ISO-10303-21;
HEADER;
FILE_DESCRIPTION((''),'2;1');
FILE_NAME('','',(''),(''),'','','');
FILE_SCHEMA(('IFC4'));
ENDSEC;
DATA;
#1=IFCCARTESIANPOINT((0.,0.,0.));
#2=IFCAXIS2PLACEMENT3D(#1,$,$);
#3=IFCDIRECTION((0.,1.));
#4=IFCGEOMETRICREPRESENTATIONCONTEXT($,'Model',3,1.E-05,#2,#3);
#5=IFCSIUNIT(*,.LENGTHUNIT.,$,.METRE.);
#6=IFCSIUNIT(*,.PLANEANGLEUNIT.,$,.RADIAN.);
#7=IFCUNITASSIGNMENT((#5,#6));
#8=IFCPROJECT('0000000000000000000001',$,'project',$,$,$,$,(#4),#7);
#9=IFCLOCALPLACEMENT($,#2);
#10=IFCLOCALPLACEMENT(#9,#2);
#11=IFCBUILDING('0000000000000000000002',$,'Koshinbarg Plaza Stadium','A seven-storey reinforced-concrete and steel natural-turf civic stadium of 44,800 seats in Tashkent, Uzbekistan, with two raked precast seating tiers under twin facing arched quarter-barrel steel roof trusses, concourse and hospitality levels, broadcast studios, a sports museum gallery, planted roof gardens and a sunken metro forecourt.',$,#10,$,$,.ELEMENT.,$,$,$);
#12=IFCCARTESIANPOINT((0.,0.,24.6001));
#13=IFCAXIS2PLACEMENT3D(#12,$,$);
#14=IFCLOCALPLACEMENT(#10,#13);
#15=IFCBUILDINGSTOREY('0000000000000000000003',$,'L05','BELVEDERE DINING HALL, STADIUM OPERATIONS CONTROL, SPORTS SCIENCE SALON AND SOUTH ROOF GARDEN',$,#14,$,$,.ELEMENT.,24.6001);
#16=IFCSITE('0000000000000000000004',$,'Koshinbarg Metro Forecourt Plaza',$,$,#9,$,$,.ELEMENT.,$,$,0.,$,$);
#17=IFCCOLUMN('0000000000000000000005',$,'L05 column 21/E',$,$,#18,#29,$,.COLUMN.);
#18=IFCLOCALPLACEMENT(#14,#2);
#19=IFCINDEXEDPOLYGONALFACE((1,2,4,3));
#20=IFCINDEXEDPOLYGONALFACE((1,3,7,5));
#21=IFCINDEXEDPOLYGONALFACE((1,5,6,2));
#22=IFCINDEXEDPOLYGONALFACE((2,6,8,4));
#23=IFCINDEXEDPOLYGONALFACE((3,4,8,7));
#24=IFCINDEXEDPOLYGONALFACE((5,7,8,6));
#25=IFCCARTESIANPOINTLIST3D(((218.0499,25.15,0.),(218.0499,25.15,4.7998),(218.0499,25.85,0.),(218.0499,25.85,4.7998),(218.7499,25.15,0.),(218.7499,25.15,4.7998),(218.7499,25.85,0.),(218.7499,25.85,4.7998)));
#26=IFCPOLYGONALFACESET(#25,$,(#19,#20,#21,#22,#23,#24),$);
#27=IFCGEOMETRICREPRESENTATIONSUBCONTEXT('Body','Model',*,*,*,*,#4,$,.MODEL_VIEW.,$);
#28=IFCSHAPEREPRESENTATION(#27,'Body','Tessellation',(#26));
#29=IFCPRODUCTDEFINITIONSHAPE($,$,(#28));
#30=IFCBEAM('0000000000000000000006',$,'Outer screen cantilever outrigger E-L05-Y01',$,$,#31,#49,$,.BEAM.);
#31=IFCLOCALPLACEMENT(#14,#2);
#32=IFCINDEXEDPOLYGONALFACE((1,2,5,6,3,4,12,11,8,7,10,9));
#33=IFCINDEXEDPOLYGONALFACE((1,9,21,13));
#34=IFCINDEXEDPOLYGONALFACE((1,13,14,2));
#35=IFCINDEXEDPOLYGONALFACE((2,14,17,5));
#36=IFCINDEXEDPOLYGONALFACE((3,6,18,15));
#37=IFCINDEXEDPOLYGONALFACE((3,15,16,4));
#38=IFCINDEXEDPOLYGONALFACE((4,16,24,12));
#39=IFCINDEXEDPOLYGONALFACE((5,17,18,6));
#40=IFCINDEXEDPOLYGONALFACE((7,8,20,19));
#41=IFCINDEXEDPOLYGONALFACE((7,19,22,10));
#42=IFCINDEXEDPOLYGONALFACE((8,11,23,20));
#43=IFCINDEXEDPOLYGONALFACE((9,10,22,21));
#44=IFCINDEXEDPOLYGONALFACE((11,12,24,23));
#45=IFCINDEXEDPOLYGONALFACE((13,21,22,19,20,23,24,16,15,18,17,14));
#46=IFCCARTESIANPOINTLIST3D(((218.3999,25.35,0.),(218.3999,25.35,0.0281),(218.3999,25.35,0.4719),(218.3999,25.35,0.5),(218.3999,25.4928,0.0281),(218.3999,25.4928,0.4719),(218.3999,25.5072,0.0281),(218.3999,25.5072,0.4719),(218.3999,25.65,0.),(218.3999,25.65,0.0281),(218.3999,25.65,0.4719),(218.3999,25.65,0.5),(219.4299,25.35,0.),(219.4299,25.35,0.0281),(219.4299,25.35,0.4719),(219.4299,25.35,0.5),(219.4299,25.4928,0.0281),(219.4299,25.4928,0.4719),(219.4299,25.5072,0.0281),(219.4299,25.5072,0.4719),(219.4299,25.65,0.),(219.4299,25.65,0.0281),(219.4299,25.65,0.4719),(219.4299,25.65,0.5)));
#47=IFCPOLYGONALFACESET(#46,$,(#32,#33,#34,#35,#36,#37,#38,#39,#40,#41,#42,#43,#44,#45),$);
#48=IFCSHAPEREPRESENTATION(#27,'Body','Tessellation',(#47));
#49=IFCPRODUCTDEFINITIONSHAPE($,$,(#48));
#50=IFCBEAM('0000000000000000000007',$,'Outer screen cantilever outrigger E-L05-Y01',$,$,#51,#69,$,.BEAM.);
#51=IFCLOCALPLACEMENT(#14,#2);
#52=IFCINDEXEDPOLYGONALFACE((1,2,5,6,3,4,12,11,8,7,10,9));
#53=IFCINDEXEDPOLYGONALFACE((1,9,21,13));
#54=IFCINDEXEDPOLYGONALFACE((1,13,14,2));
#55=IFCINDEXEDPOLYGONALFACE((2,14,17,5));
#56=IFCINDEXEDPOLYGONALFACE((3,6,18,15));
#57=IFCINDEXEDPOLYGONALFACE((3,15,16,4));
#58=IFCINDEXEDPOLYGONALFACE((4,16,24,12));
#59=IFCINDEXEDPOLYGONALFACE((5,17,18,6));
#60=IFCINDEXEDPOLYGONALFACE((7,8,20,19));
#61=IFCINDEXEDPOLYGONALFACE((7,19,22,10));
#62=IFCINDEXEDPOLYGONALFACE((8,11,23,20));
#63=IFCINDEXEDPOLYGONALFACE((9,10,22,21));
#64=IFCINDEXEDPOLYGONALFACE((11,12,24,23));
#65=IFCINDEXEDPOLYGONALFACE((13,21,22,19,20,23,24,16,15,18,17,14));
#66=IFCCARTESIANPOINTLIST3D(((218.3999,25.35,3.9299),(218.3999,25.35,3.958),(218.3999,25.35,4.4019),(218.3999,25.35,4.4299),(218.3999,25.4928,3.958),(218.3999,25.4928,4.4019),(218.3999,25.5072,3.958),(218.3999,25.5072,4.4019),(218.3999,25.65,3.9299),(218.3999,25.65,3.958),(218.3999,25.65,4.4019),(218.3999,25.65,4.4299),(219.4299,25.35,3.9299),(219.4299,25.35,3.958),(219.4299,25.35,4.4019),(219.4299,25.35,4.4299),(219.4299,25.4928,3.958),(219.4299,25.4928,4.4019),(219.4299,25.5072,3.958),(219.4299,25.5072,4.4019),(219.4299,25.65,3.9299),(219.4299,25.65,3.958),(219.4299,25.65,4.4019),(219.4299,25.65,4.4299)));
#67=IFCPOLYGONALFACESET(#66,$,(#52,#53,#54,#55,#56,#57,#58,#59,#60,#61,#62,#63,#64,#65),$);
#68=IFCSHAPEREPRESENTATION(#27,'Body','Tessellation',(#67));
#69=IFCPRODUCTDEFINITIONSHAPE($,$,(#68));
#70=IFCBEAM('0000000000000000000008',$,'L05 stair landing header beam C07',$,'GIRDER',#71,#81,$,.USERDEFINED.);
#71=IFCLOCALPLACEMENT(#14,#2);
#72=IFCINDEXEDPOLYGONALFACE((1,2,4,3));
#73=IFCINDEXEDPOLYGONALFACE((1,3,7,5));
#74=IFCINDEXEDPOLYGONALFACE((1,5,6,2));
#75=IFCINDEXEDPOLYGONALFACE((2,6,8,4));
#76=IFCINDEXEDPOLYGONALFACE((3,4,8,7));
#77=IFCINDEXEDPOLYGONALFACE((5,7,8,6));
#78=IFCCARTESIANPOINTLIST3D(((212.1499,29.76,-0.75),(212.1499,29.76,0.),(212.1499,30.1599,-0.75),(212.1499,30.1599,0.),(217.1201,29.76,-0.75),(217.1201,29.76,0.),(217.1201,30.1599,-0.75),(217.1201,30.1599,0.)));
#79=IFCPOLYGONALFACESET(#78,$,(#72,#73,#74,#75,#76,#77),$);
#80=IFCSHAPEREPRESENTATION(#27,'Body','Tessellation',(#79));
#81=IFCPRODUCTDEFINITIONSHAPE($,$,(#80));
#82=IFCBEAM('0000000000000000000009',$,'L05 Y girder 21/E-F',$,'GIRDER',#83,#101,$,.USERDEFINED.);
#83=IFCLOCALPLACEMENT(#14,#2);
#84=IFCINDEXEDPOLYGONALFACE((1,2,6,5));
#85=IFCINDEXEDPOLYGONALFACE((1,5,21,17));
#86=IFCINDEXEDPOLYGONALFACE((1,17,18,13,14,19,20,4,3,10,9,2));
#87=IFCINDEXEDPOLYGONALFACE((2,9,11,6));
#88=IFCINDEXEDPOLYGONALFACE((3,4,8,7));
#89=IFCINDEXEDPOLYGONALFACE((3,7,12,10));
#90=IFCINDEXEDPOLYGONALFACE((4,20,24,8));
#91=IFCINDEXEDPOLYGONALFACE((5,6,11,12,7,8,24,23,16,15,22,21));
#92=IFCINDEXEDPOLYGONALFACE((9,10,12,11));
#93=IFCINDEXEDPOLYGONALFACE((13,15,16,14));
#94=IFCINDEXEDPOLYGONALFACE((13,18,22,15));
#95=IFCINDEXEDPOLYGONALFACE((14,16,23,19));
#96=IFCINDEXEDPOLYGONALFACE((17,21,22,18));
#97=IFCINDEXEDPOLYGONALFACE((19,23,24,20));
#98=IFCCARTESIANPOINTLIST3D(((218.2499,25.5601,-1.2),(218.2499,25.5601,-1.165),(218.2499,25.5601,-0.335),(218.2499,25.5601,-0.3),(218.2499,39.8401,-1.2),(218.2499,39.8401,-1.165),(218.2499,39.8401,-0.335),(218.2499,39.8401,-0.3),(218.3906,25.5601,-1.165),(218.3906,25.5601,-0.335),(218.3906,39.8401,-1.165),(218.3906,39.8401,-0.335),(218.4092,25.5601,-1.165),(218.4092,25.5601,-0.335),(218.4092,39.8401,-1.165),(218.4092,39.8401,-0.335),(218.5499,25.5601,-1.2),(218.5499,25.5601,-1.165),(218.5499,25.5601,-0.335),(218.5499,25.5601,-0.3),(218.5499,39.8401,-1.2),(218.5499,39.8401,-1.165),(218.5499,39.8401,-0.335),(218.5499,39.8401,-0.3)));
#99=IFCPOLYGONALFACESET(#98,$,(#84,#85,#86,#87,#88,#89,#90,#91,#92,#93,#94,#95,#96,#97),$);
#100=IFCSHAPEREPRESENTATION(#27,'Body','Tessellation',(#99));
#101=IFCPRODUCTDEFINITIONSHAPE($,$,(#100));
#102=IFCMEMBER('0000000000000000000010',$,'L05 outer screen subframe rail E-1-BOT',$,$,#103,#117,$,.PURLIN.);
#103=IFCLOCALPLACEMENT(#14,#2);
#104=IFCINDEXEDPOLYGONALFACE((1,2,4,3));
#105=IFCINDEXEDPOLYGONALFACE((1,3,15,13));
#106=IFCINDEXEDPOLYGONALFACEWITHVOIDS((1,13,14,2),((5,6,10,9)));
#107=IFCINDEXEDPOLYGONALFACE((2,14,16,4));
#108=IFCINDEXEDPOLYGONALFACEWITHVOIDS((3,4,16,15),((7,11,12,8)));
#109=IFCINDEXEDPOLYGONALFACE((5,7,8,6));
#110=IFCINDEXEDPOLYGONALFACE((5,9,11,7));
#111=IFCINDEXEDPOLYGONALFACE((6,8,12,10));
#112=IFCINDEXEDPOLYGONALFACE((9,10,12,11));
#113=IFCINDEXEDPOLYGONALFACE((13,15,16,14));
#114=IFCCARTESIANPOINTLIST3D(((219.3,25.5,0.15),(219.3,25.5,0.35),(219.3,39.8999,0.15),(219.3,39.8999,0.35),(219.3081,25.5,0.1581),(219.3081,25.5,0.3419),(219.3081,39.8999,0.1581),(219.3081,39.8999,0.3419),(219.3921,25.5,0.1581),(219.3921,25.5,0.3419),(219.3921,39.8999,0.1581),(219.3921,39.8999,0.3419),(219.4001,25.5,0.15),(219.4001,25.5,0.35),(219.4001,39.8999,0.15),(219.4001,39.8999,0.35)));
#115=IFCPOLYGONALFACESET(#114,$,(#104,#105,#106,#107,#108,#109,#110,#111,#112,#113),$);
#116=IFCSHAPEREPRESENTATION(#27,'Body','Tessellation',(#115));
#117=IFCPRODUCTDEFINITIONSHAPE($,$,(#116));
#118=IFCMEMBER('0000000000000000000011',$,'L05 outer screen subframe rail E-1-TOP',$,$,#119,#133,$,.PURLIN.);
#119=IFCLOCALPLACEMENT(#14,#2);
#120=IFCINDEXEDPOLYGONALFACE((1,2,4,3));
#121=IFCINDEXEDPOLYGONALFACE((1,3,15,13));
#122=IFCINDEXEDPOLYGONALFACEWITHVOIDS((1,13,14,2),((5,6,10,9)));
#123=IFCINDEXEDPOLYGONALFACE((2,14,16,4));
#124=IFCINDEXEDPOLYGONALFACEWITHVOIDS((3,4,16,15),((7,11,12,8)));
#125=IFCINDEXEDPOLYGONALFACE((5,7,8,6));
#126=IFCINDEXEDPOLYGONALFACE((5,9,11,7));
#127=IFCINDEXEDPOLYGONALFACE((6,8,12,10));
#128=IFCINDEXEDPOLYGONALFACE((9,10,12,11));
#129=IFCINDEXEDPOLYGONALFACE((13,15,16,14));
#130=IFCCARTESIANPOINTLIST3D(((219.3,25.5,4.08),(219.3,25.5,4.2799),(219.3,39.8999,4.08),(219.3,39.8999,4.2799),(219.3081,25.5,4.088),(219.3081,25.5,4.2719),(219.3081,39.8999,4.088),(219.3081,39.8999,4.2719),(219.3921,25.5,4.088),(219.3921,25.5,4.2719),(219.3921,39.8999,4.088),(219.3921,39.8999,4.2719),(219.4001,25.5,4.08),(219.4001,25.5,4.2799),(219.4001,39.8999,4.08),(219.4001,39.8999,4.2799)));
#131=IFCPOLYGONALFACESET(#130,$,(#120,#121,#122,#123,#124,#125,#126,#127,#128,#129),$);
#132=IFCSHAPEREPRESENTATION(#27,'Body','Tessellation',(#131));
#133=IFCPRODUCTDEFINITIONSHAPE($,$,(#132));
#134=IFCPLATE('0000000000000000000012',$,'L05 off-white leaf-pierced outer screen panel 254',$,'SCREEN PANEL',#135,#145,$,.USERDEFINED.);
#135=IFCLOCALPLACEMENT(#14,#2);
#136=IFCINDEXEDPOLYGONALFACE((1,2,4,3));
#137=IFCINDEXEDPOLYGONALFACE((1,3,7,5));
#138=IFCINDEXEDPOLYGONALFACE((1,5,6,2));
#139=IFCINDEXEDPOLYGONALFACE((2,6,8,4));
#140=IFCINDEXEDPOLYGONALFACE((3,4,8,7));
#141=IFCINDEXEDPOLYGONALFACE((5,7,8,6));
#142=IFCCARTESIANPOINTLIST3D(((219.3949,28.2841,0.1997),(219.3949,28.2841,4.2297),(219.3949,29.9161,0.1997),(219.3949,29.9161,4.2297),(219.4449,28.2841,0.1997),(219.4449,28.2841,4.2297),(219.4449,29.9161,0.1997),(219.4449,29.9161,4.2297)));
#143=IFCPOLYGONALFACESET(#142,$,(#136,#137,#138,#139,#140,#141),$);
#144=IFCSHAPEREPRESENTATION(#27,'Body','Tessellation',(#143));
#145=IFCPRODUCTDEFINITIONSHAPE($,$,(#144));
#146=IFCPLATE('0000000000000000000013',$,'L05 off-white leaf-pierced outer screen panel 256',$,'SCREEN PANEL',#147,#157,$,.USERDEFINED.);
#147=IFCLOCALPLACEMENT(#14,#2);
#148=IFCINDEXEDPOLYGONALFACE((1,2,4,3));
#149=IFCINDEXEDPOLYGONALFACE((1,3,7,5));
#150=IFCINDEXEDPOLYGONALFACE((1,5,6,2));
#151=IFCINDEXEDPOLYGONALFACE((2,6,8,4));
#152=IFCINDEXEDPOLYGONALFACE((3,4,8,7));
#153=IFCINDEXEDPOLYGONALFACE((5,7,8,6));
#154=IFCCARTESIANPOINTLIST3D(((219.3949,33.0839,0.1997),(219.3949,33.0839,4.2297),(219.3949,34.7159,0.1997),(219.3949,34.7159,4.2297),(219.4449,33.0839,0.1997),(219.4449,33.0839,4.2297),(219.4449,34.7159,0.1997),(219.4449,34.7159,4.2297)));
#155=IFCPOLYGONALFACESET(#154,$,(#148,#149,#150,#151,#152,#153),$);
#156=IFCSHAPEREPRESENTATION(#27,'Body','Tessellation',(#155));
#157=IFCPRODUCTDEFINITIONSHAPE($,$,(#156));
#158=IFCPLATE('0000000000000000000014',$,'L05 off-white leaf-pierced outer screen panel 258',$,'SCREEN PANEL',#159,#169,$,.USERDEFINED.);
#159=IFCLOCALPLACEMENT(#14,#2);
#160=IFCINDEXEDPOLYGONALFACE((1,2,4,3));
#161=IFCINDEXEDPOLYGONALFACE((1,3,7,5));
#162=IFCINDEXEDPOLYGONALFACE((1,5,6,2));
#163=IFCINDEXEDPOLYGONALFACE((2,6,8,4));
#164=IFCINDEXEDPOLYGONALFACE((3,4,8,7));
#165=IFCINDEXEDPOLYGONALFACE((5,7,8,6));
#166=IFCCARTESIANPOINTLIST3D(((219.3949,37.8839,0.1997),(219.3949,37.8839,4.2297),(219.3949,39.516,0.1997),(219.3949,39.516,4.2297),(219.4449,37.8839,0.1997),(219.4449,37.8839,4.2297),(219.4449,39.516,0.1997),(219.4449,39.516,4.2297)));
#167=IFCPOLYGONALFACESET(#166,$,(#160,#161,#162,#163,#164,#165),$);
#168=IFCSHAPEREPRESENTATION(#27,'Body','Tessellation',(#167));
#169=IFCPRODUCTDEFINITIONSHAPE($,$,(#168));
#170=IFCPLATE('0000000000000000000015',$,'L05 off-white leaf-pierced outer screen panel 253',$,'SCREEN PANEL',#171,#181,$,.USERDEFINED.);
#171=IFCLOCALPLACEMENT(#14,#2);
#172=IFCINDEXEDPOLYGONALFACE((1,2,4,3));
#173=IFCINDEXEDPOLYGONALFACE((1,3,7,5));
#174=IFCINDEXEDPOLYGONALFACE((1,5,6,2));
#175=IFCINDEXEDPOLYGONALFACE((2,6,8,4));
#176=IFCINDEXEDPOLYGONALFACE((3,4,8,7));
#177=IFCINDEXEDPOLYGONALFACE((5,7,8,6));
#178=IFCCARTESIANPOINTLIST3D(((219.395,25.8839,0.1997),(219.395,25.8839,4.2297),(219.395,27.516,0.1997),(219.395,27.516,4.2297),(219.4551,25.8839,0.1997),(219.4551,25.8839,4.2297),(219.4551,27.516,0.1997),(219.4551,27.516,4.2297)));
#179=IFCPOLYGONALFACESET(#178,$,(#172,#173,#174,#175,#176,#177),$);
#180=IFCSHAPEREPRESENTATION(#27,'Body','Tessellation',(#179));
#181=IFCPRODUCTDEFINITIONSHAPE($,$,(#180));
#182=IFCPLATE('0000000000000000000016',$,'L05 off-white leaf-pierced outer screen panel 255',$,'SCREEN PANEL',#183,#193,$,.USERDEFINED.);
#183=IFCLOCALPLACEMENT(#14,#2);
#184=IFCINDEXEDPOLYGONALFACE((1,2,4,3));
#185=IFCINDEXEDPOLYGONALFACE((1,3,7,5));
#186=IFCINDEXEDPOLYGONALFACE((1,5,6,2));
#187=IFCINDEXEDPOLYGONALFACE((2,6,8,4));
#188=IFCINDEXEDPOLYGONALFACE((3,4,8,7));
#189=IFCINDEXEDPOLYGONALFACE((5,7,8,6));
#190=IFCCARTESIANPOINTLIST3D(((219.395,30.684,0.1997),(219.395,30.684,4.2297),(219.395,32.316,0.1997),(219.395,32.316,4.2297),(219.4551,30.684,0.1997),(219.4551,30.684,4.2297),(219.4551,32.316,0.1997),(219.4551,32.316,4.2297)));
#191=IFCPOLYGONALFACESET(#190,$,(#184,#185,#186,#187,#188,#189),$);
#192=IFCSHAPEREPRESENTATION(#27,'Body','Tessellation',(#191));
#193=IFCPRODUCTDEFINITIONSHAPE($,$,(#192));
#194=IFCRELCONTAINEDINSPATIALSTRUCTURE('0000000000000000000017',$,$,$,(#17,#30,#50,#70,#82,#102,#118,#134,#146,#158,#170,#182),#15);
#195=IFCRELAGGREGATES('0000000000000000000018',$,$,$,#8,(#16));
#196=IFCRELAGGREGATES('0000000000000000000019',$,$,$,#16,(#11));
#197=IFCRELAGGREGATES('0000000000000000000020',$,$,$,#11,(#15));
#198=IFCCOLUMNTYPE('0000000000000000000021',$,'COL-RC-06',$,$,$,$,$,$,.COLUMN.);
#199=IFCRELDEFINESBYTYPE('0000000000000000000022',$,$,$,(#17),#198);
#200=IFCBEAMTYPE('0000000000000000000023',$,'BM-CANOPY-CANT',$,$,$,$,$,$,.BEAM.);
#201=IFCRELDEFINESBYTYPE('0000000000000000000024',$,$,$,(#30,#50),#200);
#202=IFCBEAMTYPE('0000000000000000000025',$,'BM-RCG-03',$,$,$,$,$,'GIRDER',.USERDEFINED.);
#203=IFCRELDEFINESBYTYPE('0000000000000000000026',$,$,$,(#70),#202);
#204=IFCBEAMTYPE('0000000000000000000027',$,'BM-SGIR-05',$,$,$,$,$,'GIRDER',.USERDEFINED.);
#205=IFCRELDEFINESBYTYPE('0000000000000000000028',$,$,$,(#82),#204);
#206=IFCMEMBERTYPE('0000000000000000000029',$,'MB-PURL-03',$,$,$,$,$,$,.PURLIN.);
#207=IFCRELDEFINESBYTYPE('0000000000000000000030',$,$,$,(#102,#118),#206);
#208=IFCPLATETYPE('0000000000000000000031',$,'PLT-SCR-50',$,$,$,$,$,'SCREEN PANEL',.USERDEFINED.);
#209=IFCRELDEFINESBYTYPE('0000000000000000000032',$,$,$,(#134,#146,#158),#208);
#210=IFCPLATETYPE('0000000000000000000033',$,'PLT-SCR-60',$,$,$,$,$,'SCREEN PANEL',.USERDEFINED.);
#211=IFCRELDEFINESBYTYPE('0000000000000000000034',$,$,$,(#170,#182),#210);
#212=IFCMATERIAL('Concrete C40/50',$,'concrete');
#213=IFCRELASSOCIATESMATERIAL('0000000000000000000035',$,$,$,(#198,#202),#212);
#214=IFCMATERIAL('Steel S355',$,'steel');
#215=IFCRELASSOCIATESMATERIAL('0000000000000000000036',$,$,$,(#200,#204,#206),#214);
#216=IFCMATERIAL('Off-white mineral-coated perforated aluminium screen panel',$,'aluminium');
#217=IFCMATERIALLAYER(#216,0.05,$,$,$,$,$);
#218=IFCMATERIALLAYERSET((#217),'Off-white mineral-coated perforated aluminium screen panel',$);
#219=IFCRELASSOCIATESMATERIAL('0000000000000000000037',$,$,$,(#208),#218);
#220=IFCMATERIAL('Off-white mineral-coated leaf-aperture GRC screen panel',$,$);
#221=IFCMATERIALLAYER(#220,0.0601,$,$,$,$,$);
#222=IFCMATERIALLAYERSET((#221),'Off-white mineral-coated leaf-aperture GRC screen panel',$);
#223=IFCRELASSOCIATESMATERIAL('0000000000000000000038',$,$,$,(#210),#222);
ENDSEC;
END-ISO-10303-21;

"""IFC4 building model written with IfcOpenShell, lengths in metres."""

from ifc_helpers import new_model, si_unit, direction, frame, origin, origin_2d, place, context, subcontext, project, spatial, rectangle, hollow_rectangle, i_section, extrude, material, layer, layer_set, material_profile, profile_set, type_object, element, save


model = new_model("IFC4")

# Units and contexts
model_context = context("Model", 3, precision=1e-05, world=origin(), true_north=direction((0.0, 1.0)))
body_context = subcontext(model_context, "Body", "Model", "MODEL_VIEW")
ifc_project = project(units=[si_unit("LENGTHUNIT", "METRE"), si_unit("PLANEANGLEUNIT", "RADIAN")], contexts=[model_context])

# Site, building, storey
site_placement = place(None, origin())
site = spatial("IfcSite", under=ifc_project, at=site_placement, Name="Koshinbarg Metro Forecourt Plaza", CompositionType="ELEMENT", RefElevation=0.0)
building_placement = place(site_placement, origin())
building = spatial("IfcBuilding", under=site, at=building_placement, Name="Koshinbarg Plaza Stadium", Description="A seven-storey reinforced-concrete and steel natural-turf civic stadium of 44,800 seats in Tashkent, Uzbekistan, with two raked precast seating tiers under twin facing arched quarter-barrel steel roof trusses, concourse and hospitality levels, broadcast studios, a sports museum gallery, planted roof gardens and a sunken metro forecourt.", CompositionType="ELEMENT")
storey_placement = place(building_placement, frame((0.0, 0.0, 24.6001)))
storey = spatial("IfcBuildingStorey", under=building, at=storey_placement, Name="L05", Description="BELVEDERE DINING HALL, STADIUM OPERATIONS CONTROL, SPORTS SCIENCE SALON AND SOUTH ROOF GARDEN", CompositionType="ELEMENT", Elevation=24.6001)

# Column
ifc_material_1 = material(Name="Concrete C40/50", Category="concrete")
ifc_material_profile_1 = material_profile(ifc_material_1, rectangle(XDim=0.7, YDim=0.7, at=origin_2d()), Name="RC 700x700")
ifc_profile_set_1 = profile_set([ifc_material_profile_1], Name="Concrete C40/50")
column_type = type_object("IfcColumnType", Name="COL-RC-06", PredefinedType="COLUMN", material=ifc_profile_set_1)
column_placement = place(storey_placement, frame((218.3999, 25.5, 0.0), z_axis=(0.0, 0.0, 1.0), x_axis=(1.0, 0.0, 0.0)))
element("IfcColumn", 1, at=column_placement, inside=storey, type_object=column_type, Name="L05 column 21/E", PredefinedType="COLUMN", context=body_context, shape_type="SweptSolid", body=[
    extrude(rectangle(XDim=0.7, YDim=0.7, at=origin_2d()), origin(), (0.0, 0.0, 1.0), 4.7998),
])

# Beams
ifc_material_2 = material(Name="Steel S355", Category="steel")
ifc_material_profile_2 = material_profile(ifc_material_2, i_section(OverallWidth=0.3, OverallDepth=0.5, WebThickness=0.0144, FlangeThickness=0.0281, at=origin_2d()), Name="HEB 500")
ifc_profile_set_2 = profile_set([ifc_material_profile_2], Name="Steel S355")
beam_type_1 = type_object("IfcBeamType", Name="BM-CANOPY-CANT", PredefinedType="BEAM", material=ifc_profile_set_2)
for number, where, z_axis, x_axis, name in (
    (2, (218.3999, 25.5, 0.25), (1.0, 0.0, 0.0), (0.0, 1.0, 0.0), "Outer screen cantilever outrigger E-L05-Y01"),
    (3, (218.3999, 25.5, 4.1799), (1.0, 0.0, 0.0), (0.0, 1.0, 0.0), "Outer screen cantilever outrigger E-L05-Y01"),
):
    element("IfcBeam", number, at=place(storey_placement, frame(where, z_axis=z_axis, x_axis=x_axis)), inside=storey, type_object=beam_type_1, Name=name, PredefinedType="BEAM", context=body_context, shape_type="SweptSolid", body=[
        extrude(i_section(OverallWidth=0.3, OverallDepth=0.5, WebThickness=0.0144, FlangeThickness=0.0281, at=origin_2d()), origin(), (0.0, 0.0, 1.0), 1.03),
    ])
ifc_material_profile_3 = material_profile(ifc_material_1, rectangle(XDim=0.3999, YDim=0.75, at=origin_2d()), Name="RC 400x750")
ifc_profile_set_3 = profile_set([ifc_material_profile_3], Name="Concrete C40/50")
beam_type_2 = type_object("IfcBeamType", Name="BM-RCG-03", ElementType="GIRDER", PredefinedType="USERDEFINED", material=ifc_profile_set_3)
beam_1_placement = place(storey_placement, frame((212.1499, 29.96, -0.375), z_axis=(1.0, 0.0, 0.0), x_axis=(0.0, 1.0, 0.0)))
element("IfcBeam", 4, at=beam_1_placement, inside=storey, type_object=beam_type_2, Name="L05 stair landing header beam C07", ObjectType="GIRDER", PredefinedType="USERDEFINED", context=body_context, shape_type="SweptSolid", body=[
    extrude(rectangle(XDim=0.3999, YDim=0.75, at=origin_2d()), origin(), (0.0, 0.0, 1.0), 4.9702),
])
ifc_material_profile_4 = material_profile(ifc_material_2, i_section(OverallWidth=0.3, OverallDepth=0.8999, WebThickness=0.0186, FlangeThickness=0.0349, at=origin_2d()), Name="HEB 900")
ifc_profile_set_4 = profile_set([ifc_material_profile_4], Name="Steel S355")
beam_type_3 = type_object("IfcBeamType", Name="BM-SGIR-05", ElementType="GIRDER", PredefinedType="USERDEFINED", material=ifc_profile_set_4)
beam_2_placement = place(storey_placement, frame((218.3999, 25.5601, -0.75), z_axis=(0.0, 1.0, 0.0), x_axis=(-1.0, 0.0, 0.0)))
element("IfcBeam", 5, at=beam_2_placement, inside=storey, type_object=beam_type_3, Name="L05 Y girder 21/E-F", ObjectType="GIRDER", PredefinedType="USERDEFINED", context=body_context, shape_type="SweptSolid", body=[
    extrude(i_section(OverallWidth=0.3, OverallDepth=0.8999, WebThickness=0.0186, FlangeThickness=0.0349, at=origin_2d()), origin(), (0.0, 0.0, 1.0), 14.28),
])

# Members
ifc_material_profile_5 = material_profile(ifc_material_2, hollow_rectangle(XDim=0.1001, YDim=0.2, WallThickness=0.0081, at=origin_2d()), Name="RHS 200x100x8")
ifc_profile_set_5 = profile_set([ifc_material_profile_5], Name="Steel S355")
member_type = type_object("IfcMemberType", Name="MB-PURL-03", PredefinedType="PURLIN", material=ifc_profile_set_5)
for number, where, z_axis, x_axis, name in (
    (6, (219.3501, 25.5, 0.25), (0.0, 1.0, 0.0), (-1.0, 0.0, 0.0), "L05 outer screen subframe rail E-1-BOT"),
    (7, (219.3501, 25.5, 4.1799), (0.0, 1.0, 0.0), (-1.0, 0.0, 0.0), "L05 outer screen subframe rail E-1-TOP"),
):
    element("IfcMember", number, at=place(storey_placement, frame(where, z_axis=z_axis, x_axis=x_axis)), inside=storey, type_object=member_type, Name=name, PredefinedType="PURLIN", context=body_context, shape_type="SweptSolid", body=[
        extrude(hollow_rectangle(XDim=0.1001, YDim=0.2, WallThickness=0.0081, at=origin_2d()), origin(), (0.0, 0.0, 1.0), 14.3999),
    ])

# Plates
ifc_material_3 = material(Name="Off-white mineral-coated perforated aluminium screen panel", Category="aluminium")
ifc_layer_1 = layer(ifc_material_3, 0.05)
ifc_layer_set_1 = layer_set([ifc_layer_1], Name="Off-white mineral-coated perforated aluminium screen panel")
plate_type_1 = type_object("IfcPlateType", Name="PLT-SCR-50", ElementType="SCREEN PANEL", PredefinedType="USERDEFINED", material=ifc_layer_set_1)
for number, where, z_axis, x_axis, name in (
    (8, (219.4199, 29.1001, 0.1997), (0.0, 0.0, 1.0), (1.0, 0.0, 0.0), "L05 off-white leaf-pierced outer screen panel 254"),
    (9, (219.4199, 33.8999, 0.1997), (0.0, 0.0, 1.0), (1.0, 0.0, 0.0), "L05 off-white leaf-pierced outer screen panel 256"),
    (10, (219.4199, 38.7, 0.1997), (0.0, 0.0, 1.0), (1.0, 0.0, 0.0), "L05 off-white leaf-pierced outer screen panel 258"),
):
    element("IfcPlate", number, at=place(storey_placement, frame(where, z_axis=z_axis, x_axis=x_axis)), inside=storey, type_object=plate_type_1, Name=name, ObjectType="SCREEN PANEL", PredefinedType="USERDEFINED", context=body_context, shape_type="SweptSolid", body=[
        extrude(rectangle(XDim=0.05, YDim=1.6321, at=origin_2d()), origin(), (0.0, 0.0, 1.0), 4.03),
    ])
ifc_material_4 = material(Name="Off-white mineral-coated leaf-aperture GRC screen panel")
ifc_layer_2 = layer(ifc_material_4, 0.0601)
ifc_layer_set_2 = layer_set([ifc_layer_2], Name="Off-white mineral-coated leaf-aperture GRC screen panel")
plate_type_2 = type_object("IfcPlateType", Name="PLT-SCR-60", ElementType="SCREEN PANEL", PredefinedType="USERDEFINED", material=ifc_layer_set_2)
for number, where, z_axis, x_axis, name in (
    (11, (219.425, 26.7, 0.1997), (0.0, 0.0, 1.0), (1.0, 0.0, 0.0), "L05 off-white leaf-pierced outer screen panel 253"),
    (12, (219.425, 31.5, 0.1997), (0.0, 0.0, 1.0), (1.0, 0.0, 0.0), "L05 off-white leaf-pierced outer screen panel 255"),
):
    element("IfcPlate", number, at=place(storey_placement, frame(where, z_axis=z_axis, x_axis=x_axis)), inside=storey, type_object=plate_type_2, Name=name, ObjectType="SCREEN PANEL", PredefinedType="USERDEFINED", context=body_context, shape_type="SweptSolid", body=[
        extrude(rectangle(XDim=0.0601, YDim=1.6321, at=origin_2d()), origin(), (0.0, 0.0, 1.0), 4.03),
    ])

save(model, "model.ifc")
